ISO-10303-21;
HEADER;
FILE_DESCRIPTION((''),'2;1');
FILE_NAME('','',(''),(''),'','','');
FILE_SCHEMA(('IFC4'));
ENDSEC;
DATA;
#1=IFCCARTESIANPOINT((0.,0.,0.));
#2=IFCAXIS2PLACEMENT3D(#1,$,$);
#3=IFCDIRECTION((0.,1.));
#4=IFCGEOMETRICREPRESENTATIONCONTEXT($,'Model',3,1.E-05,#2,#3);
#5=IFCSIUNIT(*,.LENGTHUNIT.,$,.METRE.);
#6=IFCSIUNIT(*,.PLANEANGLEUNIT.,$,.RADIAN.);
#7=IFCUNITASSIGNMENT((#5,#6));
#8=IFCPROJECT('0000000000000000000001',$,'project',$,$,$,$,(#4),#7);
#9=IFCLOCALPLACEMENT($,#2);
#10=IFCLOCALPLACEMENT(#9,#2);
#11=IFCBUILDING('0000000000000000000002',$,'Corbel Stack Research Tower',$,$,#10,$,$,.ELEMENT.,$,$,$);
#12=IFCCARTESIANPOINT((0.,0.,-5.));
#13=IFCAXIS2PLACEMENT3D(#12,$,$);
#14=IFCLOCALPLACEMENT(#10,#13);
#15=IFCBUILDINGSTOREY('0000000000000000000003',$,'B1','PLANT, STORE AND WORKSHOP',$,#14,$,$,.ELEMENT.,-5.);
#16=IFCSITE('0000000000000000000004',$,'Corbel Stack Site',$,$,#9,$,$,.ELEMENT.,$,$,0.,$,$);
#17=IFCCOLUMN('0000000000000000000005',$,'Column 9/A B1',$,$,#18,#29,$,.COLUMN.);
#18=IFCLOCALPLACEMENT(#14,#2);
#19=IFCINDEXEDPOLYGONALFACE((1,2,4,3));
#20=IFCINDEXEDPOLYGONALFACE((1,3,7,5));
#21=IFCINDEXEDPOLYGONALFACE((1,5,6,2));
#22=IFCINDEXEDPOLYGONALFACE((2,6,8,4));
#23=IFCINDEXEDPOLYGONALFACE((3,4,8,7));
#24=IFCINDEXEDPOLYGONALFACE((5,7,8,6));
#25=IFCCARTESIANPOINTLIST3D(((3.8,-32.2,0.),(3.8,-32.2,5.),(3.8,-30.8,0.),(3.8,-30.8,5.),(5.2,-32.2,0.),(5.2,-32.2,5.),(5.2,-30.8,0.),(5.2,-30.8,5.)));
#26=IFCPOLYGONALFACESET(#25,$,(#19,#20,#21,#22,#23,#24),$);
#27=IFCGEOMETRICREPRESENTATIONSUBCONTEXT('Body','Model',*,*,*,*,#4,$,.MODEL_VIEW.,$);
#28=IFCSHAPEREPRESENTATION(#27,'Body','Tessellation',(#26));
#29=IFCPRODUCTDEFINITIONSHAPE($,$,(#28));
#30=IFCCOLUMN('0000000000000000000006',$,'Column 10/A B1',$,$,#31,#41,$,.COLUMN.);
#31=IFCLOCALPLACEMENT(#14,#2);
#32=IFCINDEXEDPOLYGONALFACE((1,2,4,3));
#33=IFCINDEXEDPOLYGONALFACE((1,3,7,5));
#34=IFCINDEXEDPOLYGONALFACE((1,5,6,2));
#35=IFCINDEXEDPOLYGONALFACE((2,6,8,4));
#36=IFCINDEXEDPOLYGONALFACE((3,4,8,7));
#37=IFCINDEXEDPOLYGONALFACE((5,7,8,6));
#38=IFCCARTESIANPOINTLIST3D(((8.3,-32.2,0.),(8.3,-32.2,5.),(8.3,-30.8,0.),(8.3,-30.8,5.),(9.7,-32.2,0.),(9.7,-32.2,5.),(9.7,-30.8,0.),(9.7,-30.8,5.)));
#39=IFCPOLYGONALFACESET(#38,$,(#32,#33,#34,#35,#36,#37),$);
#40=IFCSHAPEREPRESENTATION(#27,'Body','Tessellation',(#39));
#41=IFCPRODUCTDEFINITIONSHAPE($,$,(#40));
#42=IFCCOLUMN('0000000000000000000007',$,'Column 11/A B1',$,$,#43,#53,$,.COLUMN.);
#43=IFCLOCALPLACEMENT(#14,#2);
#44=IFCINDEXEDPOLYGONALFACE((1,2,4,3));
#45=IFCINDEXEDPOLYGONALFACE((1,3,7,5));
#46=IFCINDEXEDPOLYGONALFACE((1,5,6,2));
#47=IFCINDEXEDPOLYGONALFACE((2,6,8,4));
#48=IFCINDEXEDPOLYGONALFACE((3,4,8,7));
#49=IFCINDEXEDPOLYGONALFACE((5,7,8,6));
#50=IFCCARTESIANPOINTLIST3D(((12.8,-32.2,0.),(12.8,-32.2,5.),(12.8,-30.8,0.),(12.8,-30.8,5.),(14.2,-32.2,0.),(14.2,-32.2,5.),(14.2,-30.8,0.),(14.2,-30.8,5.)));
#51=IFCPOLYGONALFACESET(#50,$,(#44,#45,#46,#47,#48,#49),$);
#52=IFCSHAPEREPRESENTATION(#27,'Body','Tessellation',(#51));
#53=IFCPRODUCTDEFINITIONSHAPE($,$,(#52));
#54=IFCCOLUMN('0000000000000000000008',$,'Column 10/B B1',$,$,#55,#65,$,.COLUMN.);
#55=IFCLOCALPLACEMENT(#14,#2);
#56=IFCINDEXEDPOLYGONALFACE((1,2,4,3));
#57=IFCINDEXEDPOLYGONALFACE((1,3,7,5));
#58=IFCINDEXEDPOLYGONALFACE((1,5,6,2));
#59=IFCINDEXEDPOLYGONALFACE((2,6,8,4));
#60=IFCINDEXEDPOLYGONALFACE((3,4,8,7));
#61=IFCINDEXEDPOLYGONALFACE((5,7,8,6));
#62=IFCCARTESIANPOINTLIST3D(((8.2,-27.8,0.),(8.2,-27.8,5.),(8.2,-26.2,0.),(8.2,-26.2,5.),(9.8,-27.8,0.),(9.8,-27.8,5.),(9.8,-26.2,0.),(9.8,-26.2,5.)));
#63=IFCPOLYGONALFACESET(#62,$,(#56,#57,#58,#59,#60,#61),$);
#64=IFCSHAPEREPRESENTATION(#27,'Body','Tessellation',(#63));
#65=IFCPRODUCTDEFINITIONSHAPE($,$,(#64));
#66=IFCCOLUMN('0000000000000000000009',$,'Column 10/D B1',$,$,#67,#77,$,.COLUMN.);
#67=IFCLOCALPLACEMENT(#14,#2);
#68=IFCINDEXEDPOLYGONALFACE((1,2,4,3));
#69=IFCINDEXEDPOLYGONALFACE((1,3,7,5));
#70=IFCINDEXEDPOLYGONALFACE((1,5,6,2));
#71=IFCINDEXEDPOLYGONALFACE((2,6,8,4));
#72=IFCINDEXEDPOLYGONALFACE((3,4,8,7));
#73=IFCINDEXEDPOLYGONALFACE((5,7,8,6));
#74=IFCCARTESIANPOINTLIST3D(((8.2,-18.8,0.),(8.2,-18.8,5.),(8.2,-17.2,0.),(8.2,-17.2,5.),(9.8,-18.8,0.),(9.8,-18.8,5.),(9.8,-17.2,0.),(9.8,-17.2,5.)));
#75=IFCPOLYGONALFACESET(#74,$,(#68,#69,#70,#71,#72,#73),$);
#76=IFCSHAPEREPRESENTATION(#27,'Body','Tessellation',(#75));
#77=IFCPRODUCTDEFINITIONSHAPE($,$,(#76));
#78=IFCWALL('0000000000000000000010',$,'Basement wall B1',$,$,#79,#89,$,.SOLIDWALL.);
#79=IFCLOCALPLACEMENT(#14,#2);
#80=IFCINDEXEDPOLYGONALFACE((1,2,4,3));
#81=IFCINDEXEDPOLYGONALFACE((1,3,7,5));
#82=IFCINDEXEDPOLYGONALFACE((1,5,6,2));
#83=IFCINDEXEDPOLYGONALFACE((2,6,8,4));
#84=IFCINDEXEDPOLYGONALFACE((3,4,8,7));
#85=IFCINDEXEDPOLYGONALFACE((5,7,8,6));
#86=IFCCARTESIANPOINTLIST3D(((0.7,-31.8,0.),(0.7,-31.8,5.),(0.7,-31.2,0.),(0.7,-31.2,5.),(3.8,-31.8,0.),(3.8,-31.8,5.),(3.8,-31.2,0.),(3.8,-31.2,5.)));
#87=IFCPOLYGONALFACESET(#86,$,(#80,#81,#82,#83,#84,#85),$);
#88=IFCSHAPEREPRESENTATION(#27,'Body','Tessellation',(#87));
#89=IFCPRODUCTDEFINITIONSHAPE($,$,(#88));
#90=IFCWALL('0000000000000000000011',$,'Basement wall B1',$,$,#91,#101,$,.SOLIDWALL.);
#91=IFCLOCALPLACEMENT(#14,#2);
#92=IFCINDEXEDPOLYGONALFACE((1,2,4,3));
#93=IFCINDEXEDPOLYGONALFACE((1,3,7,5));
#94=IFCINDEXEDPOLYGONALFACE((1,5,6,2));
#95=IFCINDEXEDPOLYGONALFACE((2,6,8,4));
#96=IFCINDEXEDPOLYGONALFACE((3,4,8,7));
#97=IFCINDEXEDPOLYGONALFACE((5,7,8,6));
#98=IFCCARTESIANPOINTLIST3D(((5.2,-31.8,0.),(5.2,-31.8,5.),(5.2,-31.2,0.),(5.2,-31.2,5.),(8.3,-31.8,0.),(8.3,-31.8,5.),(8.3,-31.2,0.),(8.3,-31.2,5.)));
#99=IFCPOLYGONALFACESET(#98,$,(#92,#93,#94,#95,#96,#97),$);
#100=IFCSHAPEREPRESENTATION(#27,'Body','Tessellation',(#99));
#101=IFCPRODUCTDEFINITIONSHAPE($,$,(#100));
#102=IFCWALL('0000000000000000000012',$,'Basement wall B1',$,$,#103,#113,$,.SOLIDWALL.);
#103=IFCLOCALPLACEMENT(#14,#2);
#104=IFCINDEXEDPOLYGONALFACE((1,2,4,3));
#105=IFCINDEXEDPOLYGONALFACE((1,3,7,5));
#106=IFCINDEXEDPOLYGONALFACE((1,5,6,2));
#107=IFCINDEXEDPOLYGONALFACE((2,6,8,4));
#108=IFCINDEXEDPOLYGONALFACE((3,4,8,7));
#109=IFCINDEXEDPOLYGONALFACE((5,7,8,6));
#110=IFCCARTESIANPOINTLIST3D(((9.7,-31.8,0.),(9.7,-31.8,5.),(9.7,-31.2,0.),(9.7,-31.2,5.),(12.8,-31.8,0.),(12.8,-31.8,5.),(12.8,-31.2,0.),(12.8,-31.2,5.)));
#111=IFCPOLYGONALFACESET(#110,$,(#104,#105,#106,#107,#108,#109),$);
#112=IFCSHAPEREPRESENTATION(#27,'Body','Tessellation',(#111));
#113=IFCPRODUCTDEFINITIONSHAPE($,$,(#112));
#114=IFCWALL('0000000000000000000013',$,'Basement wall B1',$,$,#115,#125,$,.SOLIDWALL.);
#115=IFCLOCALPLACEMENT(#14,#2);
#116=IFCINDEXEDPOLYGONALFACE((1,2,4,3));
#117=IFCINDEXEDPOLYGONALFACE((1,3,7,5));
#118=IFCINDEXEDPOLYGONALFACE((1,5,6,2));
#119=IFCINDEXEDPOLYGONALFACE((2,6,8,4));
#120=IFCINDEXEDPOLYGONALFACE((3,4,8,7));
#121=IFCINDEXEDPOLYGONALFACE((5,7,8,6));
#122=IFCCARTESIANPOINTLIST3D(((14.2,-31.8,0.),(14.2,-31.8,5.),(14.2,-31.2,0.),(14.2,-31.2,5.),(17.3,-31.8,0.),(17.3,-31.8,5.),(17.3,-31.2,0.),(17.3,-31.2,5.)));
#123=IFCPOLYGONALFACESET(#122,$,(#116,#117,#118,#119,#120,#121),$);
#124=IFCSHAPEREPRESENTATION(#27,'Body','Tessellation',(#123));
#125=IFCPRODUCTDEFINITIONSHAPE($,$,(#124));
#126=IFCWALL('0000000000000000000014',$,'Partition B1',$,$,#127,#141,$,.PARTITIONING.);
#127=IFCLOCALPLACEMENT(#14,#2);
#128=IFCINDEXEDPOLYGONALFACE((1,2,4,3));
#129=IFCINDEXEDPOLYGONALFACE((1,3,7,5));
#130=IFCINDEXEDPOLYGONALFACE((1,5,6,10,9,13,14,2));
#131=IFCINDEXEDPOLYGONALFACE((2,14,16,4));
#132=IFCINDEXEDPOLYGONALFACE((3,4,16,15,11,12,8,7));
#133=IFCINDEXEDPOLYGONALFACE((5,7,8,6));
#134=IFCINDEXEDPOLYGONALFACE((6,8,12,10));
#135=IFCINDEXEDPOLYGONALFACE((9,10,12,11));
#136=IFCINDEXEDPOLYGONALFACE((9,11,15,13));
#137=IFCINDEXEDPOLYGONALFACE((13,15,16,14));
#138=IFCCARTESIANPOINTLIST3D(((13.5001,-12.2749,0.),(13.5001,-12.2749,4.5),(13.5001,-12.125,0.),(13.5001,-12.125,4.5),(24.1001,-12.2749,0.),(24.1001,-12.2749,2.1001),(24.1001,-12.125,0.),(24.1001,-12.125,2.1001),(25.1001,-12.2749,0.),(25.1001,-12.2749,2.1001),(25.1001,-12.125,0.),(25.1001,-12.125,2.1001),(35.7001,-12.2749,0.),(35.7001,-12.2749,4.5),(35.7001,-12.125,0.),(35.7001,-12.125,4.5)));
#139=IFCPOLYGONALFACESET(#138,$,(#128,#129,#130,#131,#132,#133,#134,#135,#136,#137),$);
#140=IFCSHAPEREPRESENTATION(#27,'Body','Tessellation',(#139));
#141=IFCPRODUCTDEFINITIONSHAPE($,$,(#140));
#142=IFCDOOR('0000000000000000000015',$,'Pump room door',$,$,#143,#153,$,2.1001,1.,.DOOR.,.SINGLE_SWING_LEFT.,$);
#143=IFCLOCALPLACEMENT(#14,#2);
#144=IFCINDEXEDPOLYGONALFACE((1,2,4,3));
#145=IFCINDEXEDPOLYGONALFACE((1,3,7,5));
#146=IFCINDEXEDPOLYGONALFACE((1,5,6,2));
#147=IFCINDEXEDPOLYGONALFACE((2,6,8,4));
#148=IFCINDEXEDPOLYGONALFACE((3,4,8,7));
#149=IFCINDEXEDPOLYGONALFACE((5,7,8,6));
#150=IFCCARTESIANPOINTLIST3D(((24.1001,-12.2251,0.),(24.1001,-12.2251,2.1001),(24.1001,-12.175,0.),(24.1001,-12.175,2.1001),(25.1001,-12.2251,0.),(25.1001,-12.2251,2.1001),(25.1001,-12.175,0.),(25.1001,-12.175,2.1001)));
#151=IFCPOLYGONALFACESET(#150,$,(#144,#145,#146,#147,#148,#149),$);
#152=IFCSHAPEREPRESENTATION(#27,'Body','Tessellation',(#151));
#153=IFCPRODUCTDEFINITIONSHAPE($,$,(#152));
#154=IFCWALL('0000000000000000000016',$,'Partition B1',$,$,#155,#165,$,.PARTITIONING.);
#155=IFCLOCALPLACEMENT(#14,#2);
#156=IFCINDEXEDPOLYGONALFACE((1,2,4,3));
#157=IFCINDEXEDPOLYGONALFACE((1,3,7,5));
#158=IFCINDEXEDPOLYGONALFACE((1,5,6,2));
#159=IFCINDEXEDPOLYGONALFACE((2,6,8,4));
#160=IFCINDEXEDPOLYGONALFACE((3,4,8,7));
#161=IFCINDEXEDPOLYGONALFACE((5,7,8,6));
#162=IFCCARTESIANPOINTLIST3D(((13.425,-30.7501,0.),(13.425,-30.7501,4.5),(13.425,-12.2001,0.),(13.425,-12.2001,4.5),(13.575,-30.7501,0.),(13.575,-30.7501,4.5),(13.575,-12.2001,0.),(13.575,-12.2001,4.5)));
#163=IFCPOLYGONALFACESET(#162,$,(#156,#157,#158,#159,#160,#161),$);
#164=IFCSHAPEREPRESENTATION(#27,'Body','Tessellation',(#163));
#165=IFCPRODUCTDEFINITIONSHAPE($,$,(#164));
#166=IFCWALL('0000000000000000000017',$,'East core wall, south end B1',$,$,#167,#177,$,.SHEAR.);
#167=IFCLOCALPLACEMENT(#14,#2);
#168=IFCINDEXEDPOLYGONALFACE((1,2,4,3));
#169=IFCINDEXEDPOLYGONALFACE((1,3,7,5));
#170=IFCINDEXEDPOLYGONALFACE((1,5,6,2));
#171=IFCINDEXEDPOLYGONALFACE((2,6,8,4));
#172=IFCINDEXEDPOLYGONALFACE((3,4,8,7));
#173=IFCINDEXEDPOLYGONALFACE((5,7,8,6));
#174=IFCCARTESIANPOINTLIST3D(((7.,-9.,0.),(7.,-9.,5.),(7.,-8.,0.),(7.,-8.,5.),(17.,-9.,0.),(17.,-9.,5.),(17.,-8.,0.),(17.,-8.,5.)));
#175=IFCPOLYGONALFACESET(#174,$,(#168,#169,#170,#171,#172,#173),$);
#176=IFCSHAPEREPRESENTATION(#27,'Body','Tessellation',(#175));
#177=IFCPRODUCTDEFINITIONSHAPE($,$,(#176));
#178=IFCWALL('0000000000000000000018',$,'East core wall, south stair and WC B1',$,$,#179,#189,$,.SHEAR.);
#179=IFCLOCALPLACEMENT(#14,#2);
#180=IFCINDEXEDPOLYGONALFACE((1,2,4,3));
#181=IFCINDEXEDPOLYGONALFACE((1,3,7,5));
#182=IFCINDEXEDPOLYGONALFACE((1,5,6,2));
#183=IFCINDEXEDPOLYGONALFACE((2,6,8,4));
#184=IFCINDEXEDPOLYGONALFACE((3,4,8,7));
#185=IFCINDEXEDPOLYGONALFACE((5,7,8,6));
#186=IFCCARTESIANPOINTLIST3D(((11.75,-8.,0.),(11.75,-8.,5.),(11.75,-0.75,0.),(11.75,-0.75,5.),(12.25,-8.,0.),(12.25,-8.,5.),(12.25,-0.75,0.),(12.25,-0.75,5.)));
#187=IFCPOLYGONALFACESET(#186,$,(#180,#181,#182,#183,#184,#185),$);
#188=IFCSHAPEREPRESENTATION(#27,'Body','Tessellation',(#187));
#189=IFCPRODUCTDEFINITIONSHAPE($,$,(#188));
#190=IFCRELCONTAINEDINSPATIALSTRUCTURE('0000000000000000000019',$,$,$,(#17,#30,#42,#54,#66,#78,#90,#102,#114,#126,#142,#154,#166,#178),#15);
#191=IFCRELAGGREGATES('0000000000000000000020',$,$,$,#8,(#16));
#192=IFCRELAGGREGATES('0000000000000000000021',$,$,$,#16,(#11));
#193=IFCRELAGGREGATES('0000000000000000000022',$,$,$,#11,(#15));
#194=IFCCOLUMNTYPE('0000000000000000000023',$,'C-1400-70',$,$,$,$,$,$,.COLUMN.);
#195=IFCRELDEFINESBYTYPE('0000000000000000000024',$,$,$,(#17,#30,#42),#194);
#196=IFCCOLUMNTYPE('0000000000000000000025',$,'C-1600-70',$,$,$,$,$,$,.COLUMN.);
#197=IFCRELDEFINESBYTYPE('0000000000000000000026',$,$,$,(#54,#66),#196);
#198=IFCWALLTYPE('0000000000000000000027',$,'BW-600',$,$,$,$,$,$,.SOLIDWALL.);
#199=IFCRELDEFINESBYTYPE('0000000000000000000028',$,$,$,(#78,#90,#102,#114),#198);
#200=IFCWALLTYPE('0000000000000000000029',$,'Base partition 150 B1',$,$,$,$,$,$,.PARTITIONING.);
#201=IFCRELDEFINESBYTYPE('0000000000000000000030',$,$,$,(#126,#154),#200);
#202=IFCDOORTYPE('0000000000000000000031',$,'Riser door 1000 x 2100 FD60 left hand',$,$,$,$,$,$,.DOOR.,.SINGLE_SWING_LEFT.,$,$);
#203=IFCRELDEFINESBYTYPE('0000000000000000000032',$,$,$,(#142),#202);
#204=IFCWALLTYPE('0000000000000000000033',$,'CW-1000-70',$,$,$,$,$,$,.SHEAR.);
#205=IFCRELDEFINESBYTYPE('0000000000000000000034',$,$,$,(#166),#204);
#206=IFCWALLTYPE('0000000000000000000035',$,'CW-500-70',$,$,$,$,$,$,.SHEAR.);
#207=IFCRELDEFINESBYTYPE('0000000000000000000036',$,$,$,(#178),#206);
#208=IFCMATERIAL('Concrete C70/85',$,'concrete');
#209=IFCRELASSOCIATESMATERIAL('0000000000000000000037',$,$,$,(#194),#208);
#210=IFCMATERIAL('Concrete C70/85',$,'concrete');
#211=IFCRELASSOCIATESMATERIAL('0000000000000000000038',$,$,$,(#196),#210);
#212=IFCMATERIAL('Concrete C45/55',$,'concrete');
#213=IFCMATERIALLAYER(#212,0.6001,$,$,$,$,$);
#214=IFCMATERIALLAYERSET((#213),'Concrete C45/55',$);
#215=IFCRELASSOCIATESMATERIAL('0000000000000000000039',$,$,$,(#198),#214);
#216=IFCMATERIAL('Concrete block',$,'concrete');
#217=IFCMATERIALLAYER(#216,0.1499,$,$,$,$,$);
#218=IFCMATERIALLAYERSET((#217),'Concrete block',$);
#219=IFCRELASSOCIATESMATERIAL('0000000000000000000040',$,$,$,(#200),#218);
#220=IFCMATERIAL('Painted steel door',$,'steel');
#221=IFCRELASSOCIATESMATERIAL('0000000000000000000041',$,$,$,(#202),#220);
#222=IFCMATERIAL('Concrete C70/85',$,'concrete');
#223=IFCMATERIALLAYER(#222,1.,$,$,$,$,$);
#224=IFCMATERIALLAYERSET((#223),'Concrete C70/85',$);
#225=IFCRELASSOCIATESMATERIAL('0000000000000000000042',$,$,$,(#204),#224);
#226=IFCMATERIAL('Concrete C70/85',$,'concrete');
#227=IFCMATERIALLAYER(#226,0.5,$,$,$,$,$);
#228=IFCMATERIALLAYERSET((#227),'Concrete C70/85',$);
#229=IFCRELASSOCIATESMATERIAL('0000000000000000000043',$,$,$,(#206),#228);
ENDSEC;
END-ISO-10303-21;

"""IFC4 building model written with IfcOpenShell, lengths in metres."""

from ifc_helpers import new_model, si_unit, direction, frame, frame_2d, origin, origin_2d, place, context, subcontext, project, spatial, rectangle, extrude, material, layer, layer_set, material_profile, profile_set, type_object, element, fill, save


model = new_model("IFC4")

# Units and contexts
model_context = context("Model", 3, precision=1e-05, world=origin(), true_north=direction((0.0, 1.0)))
body_context = subcontext(model_context, "Body", "Model", "MODEL_VIEW")
ifc_project = project(units=[si_unit("LENGTHUNIT", "METRE"), si_unit("PLANEANGLEUNIT", "RADIAN")], contexts=[model_context])

# Site, building, storey
site_placement = place(None, origin())
site = spatial("IfcSite", under=ifc_project, at=site_placement, Name="Corbel Stack Site", CompositionType="ELEMENT", RefElevation=0.0)
building_placement = place(site_placement, origin())
building = spatial("IfcBuilding", under=site, at=building_placement, Name="Corbel Stack Research Tower", CompositionType="ELEMENT")
storey_placement = place(building_placement, frame((0.0, 0.0, -5.0)))
storey = spatial("IfcBuildingStorey", under=building, at=storey_placement, Name="B1", Description="PLANT, STORE AND WORKSHOP", CompositionType="ELEMENT", Elevation=-5.0)

# Columns
ifc_material_1 = material(Name="Concrete C70/85", Category="concrete")
ifc_material_profile_1 = material_profile(ifc_material_1, rectangle(XDim=1.3999, YDim=1.3999, at=origin_2d()), Name="RC 1400 x 1400")
ifc_profile_set_1 = profile_set([ifc_material_profile_1], Name="Concrete C70/85")
column_type_1 = type_object("IfcColumnType", Name="C-1400-70", PredefinedType="COLUMN", material=ifc_profile_set_1)
for number, where, z_axis, x_axis, name in (
    (1, (4.5, -31.5, 0.0), (0.0, 0.0, 1.0), (1.0, 0.0, 0.0), "Column 9/A B1"),
    (2, (9.0, -31.5, 0.0), (0.0, 0.0, 1.0), (1.0, 0.0, 0.0), "Column 10/A B1"),
    (3, (13.5, -31.5, 0.0), (0.0, 0.0, 1.0), (1.0, 0.0, 0.0), "Column 11/A B1"),
):
    element("IfcColumn", number, at=place(storey_placement, frame(where, z_axis=z_axis, x_axis=x_axis)), inside=storey, type_object=column_type_1, Name=name, PredefinedType="COLUMN", context=body_context, shape_type="SweptSolid", body=[
        extrude(rectangle(XDim=1.3999, YDim=1.3999, at=origin_2d()), origin(), (0.0, 0.0, 1.0), 5.0),
    ])
ifc_material_2 = material(Name="Concrete C70/85", Category="concrete")
ifc_material_profile_2 = material_profile(ifc_material_2, rectangle(XDim=1.6001, YDim=1.6001, at=origin_2d()), Name="RC 1600 x 1600")
ifc_profile_set_2 = profile_set([ifc_material_profile_2], Name="Concrete C70/85")
column_type_2 = type_object("IfcColumnType", Name="C-1600-70", PredefinedType="COLUMN", material=ifc_profile_set_2)
for number, where, z_axis, x_axis, name in (
    (4, (9.0, -27.0, 0.0), (0.0, 0.0, 1.0), (1.0, 0.0, 0.0), "Column 10/B B1"),
    (5, (9.0, -18.0, 0.0), (0.0, 0.0, 1.0), (1.0, 0.0, 0.0), "Column 10/D B1"),
):
    element("IfcColumn", number, at=place(storey_placement, frame(where, z_axis=z_axis, x_axis=x_axis)), inside=storey, type_object=column_type_2, Name=name, PredefinedType="COLUMN", context=body_context, shape_type="SweptSolid", body=[
        extrude(rectangle(XDim=1.6001, YDim=1.6001, at=origin_2d()), origin(), (0.0, 0.0, 1.0), 5.0),
    ])

# Walls
ifc_material_3 = material(Name="Concrete C45/55", Category="concrete")
ifc_layer_1 = layer(ifc_material_3, 0.6001)
ifc_layer_set_1 = layer_set([ifc_layer_1], Name="Concrete C45/55")
wall_type_1 = type_object("IfcWallType", Name="BW-600", PredefinedType="SOLIDWALL", material=ifc_layer_set_1)
for number, where, z_axis, x_axis, name in (
    (6, (0.7, -31.5, 0.0), (0.0, 0.0, 1.0), (1.0, 0.0, 0.0), "Basement wall B1"),
    (7, (5.2, -31.5, 0.0), (0.0, 0.0, 1.0), (1.0, 0.0, 0.0), "Basement wall B1"),
    (8, (9.7, -31.5, 0.0), (0.0, 0.0, 1.0), (1.0, 0.0, 0.0), "Basement wall B1"),
    (9, (14.2, -31.5, 0.0), (0.0, 0.0, 1.0), (1.0, 0.0, 0.0), "Basement wall B1"),
):
    element("IfcWall", number, at=place(storey_placement, frame(where, z_axis=z_axis, x_axis=x_axis)), inside=storey, type_object=wall_type_1, Name=name, PredefinedType="SOLIDWALL", context=body_context, shape_type="SweptSolid", body=[
        extrude(rectangle(XDim=3.1001, YDim=0.6001, at=frame_2d((1.55, 0.0))), origin(), (0.0, 0.0, 1.0), 5.0),
    ])

# Wall, opening, door
ifc_material_4 = material(Name="Concrete block", Category="concrete")
ifc_layer_2 = layer(ifc_material_4, 0.1499)
ifc_layer_set_2 = layer_set([ifc_layer_2], Name="Concrete block")
wall_type_2 = type_object("IfcWallType", Name="Base partition 150 B1", PredefinedType="PARTITIONING", material=ifc_layer_set_2)
wall_1_placement = place(storey_placement, frame((13.5, -12.2, 0.0), z_axis=(0.0, 0.0, 1.0), x_axis=(1.0, 0.0, 0.0)))
wall_1 = element("IfcWall", 10, at=wall_1_placement, inside=storey, type_object=wall_type_2, Name="Partition B1", PredefinedType="PARTITIONING", context=body_context, shape_type="SweptSolid", body=[
    extrude(rectangle(XDim=22.2, YDim=0.1499, at=frame_2d((11.1001, 0.0))), origin(), (0.0, 0.0, 1.0), 4.5),
])
opening_1_placement = place(wall_1_placement, frame((10.6001, 0.0, 0.0)))
opening_1 = element("IfcOpeningElement", 11, at=opening_1_placement, cuts=wall_1, PredefinedType="OPENING", context=body_context, shape_type="SweptSolid", body=[
    extrude(rectangle(XDim=1.0, YDim=2.1001, at=frame_2d((0.5, 1.05))), frame((0.0, 0.085, 0.0), z_axis=(0.0, -1.0, 0.0), x_axis=(1.0, 0.0, 0.0)), (0.0, 0.0, 1.0), 0.1699),
])
ifc_material_5 = material(Name="Painted steel door", Category="steel")
door_type_1 = type_object("IfcDoorType", Name="Riser door 1000 x 2100 FD60 left hand", OperationType="SINGLE_SWING_LEFT", PredefinedType="DOOR", material=ifc_material_5)
door_1_placement = place(opening_1_placement, origin())
door_1 = element("IfcDoor", 12, at=door_1_placement, inside=storey, type_object=door_type_1, Name="Pump room door", OperationType="SINGLE_SWING_LEFT", OverallHeight=2.1001, OverallWidth=1.0, PredefinedType="DOOR", context=body_context, shape_type="SweptSolid", body=[
    extrude(rectangle(XDim=1.0, YDim=2.1001, at=frame_2d((0.5, 1.05))), frame((0.0, 0.0249, 0.0), z_axis=(0.0, -1.0, 0.0), x_axis=(1.0, 0.0, 0.0)), (0.0, 0.0, 1.0), 0.05),
])
fill(opening_1, door_1)

# Wall
wall_2_placement = place(storey_placement, frame((13.5, -30.75, 0.0), z_axis=(0.0, 0.0, 1.0), x_axis=(0.0, 1.0, 0.0)))
element("IfcWall", 13, at=wall_2_placement, inside=storey, type_object=wall_type_2, Name="Partition B1", PredefinedType="PARTITIONING", context=body_context, shape_type="SweptSolid", body=[
    extrude(rectangle(XDim=18.55, YDim=0.1499, at=frame_2d((9.2749, 0.0))), origin(), (0.0, 0.0, 1.0), 4.5),
])

# Shared definitions
ifc_material_6 = material(Name="Concrete C70/85", Category="concrete")
ifc_layer_3 = layer(ifc_material_6, 1.0)
ifc_layer_set_3 = layer_set([ifc_layer_3], Name="Concrete C70/85")
wall_type_3 = type_object("IfcWallType", Name="CW-1000-70", PredefinedType="SHEAR", material=ifc_layer_set_3)

# Walls
wall_3_placement = place(storey_placement, frame((7.0, -8.5, 0.0), z_axis=(0.0, 0.0, 1.0), x_axis=(1.0, 0.0, 0.0)))
element("IfcWall", 14, at=wall_3_placement, inside=storey, type_object=wall_type_3, Name="East core wall, south end B1", PredefinedType="SHEAR", context=body_context, shape_type="SweptSolid", body=[
    extrude(rectangle(XDim=10.0, YDim=1.0, at=frame_2d((5.0, 0.0))), origin(), (0.0, 0.0, 1.0), 5.0),
])
ifc_material_7 = material(Name="Concrete C70/85", Category="concrete")
ifc_layer_4 = layer(ifc_material_7, 0.5)
ifc_layer_set_4 = layer_set([ifc_layer_4], Name="Concrete C70/85")
wall_type_4 = type_object("IfcWallType", Name="CW-500-70", PredefinedType="SHEAR", material=ifc_layer_set_4)
wall_4_placement = place(storey_placement, frame((12.0, -8.0, 0.0), z_axis=(0.0, 0.0, 1.0), x_axis=(0.0, 1.0, 0.0)))
element("IfcWall", 15, at=wall_4_placement, inside=storey, type_object=wall_type_4, Name="East core wall, south stair and WC B1", PredefinedType="SHEAR", context=body_context, shape_type="SweptSolid", body=[
    extrude(rectangle(XDim=7.25, YDim=0.5, at=frame_2d((3.625, 0.0))), origin(), (0.0, 0.0, 1.0), 5.0),
])

save(model, "model.ifc")
